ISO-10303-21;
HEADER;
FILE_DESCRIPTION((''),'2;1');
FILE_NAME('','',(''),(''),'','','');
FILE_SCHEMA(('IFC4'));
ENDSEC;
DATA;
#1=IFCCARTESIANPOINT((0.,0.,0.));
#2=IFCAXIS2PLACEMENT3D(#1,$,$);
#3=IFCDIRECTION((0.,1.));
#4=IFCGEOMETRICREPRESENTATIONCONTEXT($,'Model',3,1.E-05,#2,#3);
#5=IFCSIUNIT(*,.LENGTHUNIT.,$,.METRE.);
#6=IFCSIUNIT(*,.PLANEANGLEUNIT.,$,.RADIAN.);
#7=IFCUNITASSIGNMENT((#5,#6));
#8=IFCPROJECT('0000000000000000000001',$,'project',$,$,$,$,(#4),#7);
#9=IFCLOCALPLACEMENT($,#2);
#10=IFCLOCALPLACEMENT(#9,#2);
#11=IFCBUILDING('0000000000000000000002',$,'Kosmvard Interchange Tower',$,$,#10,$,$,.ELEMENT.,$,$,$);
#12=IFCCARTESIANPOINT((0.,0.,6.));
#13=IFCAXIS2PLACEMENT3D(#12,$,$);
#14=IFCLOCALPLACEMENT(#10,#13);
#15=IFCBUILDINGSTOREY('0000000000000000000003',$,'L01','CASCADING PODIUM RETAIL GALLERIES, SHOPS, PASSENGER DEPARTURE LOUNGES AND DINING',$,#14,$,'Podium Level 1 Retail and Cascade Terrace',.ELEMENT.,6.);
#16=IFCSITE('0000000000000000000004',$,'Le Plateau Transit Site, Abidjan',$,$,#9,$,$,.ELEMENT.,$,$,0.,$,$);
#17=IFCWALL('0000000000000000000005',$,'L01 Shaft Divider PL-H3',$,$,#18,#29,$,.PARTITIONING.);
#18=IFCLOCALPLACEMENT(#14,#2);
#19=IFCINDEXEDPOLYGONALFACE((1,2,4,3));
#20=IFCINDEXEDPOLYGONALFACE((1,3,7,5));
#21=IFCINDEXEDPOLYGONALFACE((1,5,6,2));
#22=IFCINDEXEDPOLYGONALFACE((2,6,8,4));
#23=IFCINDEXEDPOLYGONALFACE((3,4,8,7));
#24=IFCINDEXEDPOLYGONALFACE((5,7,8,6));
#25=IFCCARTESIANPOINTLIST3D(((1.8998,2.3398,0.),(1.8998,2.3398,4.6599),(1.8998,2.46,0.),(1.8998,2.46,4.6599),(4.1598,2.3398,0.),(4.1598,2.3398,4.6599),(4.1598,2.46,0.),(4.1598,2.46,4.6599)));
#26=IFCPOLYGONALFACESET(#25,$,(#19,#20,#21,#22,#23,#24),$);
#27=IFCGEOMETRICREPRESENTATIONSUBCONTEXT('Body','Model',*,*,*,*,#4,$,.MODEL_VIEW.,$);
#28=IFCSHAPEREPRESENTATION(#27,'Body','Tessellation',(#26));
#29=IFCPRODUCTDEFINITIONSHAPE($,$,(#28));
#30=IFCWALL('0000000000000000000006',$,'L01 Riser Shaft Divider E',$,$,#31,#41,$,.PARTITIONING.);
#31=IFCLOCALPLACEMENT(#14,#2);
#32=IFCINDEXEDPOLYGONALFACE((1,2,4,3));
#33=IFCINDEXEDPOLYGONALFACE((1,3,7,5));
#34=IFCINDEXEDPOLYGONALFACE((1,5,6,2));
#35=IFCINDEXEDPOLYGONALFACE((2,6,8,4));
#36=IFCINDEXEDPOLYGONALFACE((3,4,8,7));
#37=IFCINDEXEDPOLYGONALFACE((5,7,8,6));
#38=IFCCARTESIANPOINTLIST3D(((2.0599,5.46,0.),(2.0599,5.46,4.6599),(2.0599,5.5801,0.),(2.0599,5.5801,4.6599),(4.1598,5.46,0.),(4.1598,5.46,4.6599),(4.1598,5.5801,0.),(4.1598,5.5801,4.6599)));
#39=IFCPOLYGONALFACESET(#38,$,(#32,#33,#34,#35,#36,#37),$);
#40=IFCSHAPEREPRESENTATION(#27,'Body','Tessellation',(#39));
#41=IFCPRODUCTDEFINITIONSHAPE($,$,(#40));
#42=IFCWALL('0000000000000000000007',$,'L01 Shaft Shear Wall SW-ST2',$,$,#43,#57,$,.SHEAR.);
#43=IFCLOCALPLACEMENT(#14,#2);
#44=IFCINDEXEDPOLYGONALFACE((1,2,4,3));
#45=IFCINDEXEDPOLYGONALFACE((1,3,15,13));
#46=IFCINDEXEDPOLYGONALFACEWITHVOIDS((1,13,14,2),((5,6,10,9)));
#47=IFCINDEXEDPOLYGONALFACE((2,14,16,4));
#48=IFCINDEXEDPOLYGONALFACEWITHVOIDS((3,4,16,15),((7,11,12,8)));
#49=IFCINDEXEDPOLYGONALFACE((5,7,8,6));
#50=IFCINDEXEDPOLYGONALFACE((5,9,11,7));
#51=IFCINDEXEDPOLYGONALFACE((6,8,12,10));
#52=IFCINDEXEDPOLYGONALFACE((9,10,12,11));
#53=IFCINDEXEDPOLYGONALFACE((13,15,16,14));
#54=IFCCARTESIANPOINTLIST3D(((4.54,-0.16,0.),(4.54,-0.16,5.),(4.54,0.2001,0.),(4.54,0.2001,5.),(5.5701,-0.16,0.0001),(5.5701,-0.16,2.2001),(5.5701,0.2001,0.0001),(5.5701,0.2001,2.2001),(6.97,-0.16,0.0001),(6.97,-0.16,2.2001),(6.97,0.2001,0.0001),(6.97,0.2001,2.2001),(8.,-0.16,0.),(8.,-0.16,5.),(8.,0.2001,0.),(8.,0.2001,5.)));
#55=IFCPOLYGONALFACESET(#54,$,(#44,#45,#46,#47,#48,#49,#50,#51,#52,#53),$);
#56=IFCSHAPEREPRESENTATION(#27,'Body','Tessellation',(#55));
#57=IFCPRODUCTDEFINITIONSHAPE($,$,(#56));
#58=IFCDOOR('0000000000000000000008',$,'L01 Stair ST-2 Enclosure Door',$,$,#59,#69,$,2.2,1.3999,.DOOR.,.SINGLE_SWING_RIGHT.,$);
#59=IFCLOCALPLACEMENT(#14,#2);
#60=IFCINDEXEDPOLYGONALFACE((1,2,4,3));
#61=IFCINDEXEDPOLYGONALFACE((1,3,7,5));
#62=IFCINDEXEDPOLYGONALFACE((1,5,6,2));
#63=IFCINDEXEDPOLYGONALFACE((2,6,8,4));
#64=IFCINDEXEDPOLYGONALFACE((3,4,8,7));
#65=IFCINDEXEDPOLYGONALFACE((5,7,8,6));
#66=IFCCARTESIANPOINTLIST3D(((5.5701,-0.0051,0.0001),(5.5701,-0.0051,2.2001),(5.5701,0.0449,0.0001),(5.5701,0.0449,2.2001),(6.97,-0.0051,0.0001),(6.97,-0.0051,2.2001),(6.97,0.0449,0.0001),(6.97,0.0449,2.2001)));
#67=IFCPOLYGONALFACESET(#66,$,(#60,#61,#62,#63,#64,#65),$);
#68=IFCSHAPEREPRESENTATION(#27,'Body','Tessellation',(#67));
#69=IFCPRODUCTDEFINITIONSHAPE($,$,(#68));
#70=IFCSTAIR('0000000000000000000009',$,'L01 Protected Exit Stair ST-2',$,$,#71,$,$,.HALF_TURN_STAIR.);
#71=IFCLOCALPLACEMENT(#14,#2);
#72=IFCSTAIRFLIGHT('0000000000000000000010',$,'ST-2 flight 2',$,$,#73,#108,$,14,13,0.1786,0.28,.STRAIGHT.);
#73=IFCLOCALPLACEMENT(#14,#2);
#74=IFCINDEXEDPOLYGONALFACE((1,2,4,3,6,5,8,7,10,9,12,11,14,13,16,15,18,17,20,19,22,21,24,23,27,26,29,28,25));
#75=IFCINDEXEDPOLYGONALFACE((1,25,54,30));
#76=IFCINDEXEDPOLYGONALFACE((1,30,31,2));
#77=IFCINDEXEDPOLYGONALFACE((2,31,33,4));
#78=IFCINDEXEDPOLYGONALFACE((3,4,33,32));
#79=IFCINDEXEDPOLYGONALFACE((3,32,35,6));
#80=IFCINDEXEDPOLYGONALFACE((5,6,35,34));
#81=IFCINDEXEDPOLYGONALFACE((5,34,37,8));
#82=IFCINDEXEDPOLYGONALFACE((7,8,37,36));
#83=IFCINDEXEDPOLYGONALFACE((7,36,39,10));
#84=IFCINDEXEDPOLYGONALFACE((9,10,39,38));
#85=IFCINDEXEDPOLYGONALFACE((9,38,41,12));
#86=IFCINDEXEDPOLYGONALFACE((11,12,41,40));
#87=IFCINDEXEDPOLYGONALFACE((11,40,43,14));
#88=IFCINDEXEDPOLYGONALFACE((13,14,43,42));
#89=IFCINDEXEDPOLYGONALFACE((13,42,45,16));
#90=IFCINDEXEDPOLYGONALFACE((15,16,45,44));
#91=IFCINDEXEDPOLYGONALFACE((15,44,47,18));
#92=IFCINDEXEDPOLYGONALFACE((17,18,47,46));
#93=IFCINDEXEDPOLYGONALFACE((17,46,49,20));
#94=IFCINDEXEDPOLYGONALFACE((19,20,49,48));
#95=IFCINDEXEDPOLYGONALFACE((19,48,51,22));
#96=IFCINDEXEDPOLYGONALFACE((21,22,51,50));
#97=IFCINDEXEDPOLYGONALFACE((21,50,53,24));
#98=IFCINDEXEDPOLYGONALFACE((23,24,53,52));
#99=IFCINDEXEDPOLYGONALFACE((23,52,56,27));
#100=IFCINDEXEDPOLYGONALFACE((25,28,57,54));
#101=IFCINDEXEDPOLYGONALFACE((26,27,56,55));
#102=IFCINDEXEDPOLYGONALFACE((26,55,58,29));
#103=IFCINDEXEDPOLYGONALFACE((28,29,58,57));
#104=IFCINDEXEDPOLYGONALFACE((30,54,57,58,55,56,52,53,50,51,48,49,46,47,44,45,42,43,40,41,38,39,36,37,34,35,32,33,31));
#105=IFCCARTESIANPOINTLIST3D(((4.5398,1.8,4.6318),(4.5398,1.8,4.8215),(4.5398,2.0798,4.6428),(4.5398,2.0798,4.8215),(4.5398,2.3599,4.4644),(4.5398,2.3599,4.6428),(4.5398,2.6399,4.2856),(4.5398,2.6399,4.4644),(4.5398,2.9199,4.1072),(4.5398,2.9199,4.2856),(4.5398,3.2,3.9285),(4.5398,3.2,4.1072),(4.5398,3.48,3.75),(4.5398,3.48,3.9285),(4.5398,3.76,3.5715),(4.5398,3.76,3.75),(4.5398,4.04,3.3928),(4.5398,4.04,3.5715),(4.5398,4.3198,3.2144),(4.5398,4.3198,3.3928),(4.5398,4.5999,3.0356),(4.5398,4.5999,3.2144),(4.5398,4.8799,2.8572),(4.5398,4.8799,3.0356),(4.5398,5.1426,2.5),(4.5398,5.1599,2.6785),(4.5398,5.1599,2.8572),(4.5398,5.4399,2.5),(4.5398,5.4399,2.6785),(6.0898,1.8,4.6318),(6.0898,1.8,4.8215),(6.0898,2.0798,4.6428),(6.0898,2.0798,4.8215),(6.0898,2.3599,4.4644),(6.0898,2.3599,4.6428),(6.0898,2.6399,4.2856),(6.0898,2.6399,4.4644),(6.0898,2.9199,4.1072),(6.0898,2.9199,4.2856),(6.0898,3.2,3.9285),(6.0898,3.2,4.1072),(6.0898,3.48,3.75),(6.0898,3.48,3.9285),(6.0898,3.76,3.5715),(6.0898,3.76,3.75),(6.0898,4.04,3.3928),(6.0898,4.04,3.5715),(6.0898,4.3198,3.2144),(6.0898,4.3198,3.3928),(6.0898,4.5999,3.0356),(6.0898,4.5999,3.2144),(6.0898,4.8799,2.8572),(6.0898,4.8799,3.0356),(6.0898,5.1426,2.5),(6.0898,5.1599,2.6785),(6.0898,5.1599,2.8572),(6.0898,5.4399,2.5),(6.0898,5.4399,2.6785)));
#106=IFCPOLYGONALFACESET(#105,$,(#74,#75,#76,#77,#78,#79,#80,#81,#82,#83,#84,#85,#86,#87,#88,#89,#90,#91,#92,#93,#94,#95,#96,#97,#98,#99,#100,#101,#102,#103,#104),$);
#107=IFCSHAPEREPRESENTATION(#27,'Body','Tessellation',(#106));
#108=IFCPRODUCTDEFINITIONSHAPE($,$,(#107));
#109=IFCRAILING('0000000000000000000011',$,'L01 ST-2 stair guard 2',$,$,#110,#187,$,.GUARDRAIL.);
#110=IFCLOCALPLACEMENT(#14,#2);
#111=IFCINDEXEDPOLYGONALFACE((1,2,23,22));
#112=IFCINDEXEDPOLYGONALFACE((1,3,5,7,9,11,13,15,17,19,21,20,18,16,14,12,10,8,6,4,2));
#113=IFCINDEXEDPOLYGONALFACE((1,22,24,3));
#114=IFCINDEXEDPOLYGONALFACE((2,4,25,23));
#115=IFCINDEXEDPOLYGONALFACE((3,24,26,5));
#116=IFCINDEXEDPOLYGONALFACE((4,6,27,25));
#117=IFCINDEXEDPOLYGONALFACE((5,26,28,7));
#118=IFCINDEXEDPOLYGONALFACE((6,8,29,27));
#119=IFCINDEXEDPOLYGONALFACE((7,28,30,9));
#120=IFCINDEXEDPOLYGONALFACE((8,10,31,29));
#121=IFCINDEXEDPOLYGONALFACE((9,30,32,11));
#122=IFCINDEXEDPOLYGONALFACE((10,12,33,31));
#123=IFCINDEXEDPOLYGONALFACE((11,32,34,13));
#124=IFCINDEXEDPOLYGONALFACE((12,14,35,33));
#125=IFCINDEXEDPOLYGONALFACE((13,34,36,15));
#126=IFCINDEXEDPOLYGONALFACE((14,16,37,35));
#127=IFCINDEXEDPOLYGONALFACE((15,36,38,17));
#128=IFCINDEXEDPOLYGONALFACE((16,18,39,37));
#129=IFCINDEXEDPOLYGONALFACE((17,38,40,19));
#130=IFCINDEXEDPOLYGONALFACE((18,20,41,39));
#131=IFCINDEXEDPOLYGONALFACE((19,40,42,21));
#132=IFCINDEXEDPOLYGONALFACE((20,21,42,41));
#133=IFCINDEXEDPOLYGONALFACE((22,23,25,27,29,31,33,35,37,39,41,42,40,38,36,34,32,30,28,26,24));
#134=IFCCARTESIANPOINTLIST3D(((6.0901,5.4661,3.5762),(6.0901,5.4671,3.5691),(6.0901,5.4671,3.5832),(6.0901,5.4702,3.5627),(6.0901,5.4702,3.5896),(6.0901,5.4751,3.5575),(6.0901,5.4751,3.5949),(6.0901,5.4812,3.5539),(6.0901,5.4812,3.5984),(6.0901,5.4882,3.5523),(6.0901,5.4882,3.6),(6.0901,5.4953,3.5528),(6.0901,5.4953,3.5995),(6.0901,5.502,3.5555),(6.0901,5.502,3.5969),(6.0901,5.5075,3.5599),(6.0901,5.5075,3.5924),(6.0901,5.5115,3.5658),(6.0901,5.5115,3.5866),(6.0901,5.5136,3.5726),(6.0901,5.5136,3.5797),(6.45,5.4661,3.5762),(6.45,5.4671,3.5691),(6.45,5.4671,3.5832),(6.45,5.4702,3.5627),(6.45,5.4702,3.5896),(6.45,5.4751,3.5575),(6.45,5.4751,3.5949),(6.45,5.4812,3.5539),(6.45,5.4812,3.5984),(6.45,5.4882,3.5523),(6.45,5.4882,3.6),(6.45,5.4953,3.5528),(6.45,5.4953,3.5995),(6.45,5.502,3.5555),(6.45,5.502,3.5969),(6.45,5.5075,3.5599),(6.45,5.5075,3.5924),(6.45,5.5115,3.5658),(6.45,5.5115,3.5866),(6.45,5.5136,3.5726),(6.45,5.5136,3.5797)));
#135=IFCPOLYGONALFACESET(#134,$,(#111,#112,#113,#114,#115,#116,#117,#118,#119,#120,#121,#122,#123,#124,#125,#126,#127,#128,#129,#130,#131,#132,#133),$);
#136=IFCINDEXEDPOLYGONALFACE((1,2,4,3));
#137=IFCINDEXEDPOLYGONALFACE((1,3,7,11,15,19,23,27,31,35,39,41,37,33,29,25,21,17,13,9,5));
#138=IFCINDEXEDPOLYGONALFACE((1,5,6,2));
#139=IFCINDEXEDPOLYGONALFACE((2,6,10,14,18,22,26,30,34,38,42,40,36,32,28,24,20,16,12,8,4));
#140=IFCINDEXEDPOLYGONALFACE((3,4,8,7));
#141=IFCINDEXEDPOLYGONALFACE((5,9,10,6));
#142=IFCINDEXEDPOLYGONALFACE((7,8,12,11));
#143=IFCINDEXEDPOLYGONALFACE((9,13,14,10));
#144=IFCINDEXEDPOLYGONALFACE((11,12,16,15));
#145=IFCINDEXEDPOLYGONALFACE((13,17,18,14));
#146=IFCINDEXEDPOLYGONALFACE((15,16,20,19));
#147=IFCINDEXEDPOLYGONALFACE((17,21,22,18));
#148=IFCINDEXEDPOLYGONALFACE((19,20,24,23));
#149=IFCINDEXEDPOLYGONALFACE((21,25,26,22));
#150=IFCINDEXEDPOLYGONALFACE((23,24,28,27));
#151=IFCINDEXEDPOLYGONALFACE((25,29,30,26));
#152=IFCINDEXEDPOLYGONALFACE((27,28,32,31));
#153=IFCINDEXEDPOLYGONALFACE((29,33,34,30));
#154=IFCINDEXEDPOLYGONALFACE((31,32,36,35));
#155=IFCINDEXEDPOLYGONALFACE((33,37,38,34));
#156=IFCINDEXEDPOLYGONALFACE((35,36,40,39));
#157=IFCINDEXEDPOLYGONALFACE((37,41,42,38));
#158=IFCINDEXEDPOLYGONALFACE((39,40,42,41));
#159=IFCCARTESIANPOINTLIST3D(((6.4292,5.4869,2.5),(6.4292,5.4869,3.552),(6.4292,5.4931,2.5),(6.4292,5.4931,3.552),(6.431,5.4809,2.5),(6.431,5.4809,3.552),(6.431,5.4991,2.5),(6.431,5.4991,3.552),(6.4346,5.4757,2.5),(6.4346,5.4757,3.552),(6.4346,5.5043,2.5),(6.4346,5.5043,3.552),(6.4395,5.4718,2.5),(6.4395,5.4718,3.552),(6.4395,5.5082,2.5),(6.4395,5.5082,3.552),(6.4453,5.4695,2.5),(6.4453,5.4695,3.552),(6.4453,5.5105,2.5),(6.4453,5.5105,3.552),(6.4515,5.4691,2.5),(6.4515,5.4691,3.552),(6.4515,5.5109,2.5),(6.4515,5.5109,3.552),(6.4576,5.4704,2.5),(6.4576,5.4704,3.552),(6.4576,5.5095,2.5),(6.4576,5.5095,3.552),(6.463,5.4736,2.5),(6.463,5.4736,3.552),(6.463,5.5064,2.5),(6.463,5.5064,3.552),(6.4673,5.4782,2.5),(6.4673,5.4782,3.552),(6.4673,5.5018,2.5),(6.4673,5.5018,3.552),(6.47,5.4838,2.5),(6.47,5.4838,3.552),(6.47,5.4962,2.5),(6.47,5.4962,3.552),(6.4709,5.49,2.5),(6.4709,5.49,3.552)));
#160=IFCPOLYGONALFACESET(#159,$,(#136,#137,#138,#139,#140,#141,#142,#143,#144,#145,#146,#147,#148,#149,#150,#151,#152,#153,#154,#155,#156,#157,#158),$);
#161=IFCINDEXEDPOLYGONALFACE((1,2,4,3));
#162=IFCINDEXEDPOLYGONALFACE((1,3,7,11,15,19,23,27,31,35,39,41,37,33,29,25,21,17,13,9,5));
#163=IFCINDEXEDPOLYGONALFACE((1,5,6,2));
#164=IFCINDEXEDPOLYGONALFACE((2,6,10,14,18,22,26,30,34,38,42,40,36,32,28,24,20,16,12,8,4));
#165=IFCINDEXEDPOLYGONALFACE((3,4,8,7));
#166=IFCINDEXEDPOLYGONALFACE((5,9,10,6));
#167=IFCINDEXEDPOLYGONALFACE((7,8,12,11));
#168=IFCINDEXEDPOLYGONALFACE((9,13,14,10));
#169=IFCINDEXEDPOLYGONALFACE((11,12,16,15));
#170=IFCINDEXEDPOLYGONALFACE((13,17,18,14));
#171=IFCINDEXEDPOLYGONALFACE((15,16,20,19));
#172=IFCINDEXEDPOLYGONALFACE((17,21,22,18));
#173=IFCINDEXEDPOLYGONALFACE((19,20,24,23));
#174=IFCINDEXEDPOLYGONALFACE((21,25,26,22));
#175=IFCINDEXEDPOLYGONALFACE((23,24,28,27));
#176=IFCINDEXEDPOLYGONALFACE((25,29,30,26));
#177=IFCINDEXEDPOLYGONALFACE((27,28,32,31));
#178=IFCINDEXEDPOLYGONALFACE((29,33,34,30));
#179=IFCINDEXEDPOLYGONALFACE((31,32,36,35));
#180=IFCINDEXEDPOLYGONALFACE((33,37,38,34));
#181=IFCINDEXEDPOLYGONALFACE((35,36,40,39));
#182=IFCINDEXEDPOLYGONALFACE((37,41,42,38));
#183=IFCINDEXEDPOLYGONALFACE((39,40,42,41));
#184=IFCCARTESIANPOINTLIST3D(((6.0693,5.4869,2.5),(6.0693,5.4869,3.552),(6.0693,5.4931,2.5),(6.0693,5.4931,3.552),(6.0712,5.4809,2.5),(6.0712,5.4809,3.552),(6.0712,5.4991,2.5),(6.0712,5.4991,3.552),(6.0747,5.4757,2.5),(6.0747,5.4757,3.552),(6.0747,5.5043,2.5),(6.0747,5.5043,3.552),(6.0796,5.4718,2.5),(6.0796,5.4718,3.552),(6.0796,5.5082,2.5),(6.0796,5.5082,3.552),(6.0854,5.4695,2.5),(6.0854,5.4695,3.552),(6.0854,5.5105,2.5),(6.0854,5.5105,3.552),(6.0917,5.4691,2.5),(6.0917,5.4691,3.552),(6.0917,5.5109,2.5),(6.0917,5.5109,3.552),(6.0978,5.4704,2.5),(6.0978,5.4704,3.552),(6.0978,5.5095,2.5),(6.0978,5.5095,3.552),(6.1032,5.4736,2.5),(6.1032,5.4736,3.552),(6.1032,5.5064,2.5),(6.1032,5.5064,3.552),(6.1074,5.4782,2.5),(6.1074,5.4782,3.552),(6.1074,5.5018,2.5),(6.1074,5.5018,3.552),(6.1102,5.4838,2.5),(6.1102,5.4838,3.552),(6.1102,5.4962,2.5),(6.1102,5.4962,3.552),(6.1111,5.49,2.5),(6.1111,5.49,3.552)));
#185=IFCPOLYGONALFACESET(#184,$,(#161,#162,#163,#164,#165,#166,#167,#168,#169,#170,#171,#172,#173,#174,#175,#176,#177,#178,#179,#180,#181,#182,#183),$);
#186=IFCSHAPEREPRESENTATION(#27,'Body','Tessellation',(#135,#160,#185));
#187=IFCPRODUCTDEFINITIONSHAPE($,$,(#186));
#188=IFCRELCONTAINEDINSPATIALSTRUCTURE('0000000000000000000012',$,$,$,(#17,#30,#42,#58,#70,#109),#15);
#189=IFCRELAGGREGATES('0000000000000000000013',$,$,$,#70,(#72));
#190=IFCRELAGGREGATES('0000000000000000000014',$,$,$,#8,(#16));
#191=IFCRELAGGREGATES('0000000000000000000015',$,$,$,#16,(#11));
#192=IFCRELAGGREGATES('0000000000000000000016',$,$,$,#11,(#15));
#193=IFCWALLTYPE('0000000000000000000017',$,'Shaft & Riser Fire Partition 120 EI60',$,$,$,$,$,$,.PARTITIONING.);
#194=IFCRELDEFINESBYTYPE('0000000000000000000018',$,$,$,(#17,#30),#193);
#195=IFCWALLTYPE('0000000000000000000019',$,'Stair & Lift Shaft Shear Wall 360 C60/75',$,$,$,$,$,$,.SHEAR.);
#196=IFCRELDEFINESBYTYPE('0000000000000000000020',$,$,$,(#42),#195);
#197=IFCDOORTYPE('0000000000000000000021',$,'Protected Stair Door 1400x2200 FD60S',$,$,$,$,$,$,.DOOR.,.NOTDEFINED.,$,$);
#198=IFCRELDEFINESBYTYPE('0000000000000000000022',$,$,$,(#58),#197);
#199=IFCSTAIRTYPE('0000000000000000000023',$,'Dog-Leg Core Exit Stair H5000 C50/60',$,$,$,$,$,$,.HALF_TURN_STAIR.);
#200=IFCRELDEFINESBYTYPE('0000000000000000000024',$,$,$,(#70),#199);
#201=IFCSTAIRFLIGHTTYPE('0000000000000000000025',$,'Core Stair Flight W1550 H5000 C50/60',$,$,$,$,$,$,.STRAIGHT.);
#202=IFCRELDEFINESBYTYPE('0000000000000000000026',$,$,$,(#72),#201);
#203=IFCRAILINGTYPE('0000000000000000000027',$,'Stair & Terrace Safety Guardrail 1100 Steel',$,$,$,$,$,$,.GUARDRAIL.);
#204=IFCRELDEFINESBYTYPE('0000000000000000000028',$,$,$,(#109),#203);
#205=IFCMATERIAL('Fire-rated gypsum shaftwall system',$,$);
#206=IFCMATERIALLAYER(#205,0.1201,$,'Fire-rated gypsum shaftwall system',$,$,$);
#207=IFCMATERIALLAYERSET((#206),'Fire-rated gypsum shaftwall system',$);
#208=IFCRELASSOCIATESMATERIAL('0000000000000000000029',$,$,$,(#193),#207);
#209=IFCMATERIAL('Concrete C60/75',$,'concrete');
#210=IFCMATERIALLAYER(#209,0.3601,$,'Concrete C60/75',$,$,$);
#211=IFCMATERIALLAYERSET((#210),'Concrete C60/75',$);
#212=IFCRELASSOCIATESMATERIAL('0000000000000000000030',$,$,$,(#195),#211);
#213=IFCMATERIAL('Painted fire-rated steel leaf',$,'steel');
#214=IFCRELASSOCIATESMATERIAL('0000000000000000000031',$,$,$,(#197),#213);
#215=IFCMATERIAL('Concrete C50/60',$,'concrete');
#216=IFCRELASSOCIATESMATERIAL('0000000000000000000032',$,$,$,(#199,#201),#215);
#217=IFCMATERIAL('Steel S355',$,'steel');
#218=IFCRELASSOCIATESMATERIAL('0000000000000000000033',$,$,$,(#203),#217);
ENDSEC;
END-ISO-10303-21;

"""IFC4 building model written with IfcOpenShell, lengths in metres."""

from ifc_helpers import new_model, si_unit, direction, frame, frame_2d, origin, origin_2d, place, context, subcontext, project, spatial, polyline, rectangle, circle, outline, extrude, source, transform, mapped, material, layer, layer_set, type_object, element, fill, aggregate, save


model = new_model("IFC4")

# Units and contexts
model_context = context("Model", 3, precision=1e-05, world=origin(), true_north=direction((0.0, 1.0)))
body_context = subcontext(model_context, "Body", "Model", "MODEL_VIEW")
ifc_project = project(units=[si_unit("LENGTHUNIT", "METRE"), si_unit("PLANEANGLEUNIT", "RADIAN")], contexts=[model_context])

# Site, building, storey
site_placement = place(None, origin())
site = spatial("IfcSite", under=ifc_project, at=site_placement, Name="Le Plateau Transit Site, Abidjan", CompositionType="ELEMENT", RefElevation=0.0)
building_placement = place(site_placement, origin())
building = spatial("IfcBuilding", under=site, at=building_placement, Name="Kosmvard Interchange Tower", CompositionType="ELEMENT")
storey_placement = place(building_placement, frame((0.0, 0.0, 6.0)))
storey = spatial("IfcBuildingStorey", under=building, at=storey_placement, Name="L01", Description="CASCADING PODIUM RETAIL GALLERIES, SHOPS, PASSENGER DEPARTURE LOUNGES AND DINING", LongName="Podium Level 1 Retail and Cascade Terrace", CompositionType="ELEMENT", Elevation=6.0)

# Shared definitions
ifc_material_1 = material(Name="Steel S355", Category="steel")
ifc_material_2 = material(Name="Concrete C60/75", Category="concrete")

# Walls
ifc_material_3 = material(Name="Fire-rated gypsum shaftwall system")
ifc_layer_1 = layer(ifc_material_3, 0.1201, Name="Fire-rated gypsum shaftwall system")
ifc_layer_set_1 = layer_set([ifc_layer_1], Name="Fire-rated gypsum shaftwall system")
wall_type_1 = type_object("IfcWallType", Name="Shaft & Riser Fire Partition 120 EI60", PredefinedType="PARTITIONING", material=ifc_layer_set_1)
wall_1_placement = place(storey_placement, frame((1.8999, 2.3999, 0.0), z_axis=(0.0, 0.0, 1.0), x_axis=(1.0, 0.0, 0.0)))
element("IfcWall", 1, at=wall_1_placement, inside=storey, type_object=wall_type_1, Name="L01 Shaft Divider PL-H3", PredefinedType="PARTITIONING", context=body_context, shape_type="SweptSolid", body=[
    extrude(rectangle(XDim=2.26, YDim=0.1201, at=frame_2d((1.1299, 0.0))), origin(), (0.0, 0.0, 1.0), 4.6599),
])
wall_2_placement = place(storey_placement, frame((2.0601, 5.52, 0.0), z_axis=(0.0, 0.0, 1.0), x_axis=(1.0, 0.0, 0.0)))
element("IfcWall", 2, at=wall_2_placement, inside=storey, type_object=wall_type_1, Name="L01 Riser Shaft Divider E", PredefinedType="PARTITIONING", context=body_context, shape_type="SweptSolid", body=[
    extrude(rectangle(XDim=2.0999, YDim=0.1201, at=frame_2d((1.0498, 0.0))), origin(), (0.0, 0.0, 1.0), 4.6599),
])

# Wall, opening, door
ifc_layer_2 = layer(ifc_material_2, 0.3601, Name="Concrete C60/75")
ifc_layer_set_2 = layer_set([ifc_layer_2], Name="Concrete C60/75")
wall_type_2 = type_object("IfcWallType", Name="Stair & Lift Shaft Shear Wall 360 C60/75", PredefinedType="SHEAR", material=ifc_layer_set_2)
wall_3_placement = place(storey_placement, frame((4.54, 0.02, 0.0), z_axis=(0.0, 0.0, 1.0), x_axis=(1.0, 0.0, 0.0)))
wall_3 = element("IfcWall", 3, at=wall_3_placement, inside=storey, type_object=wall_type_2, Name="L01 Shaft Shear Wall SW-ST2", PredefinedType="SHEAR", context=body_context, shape_type="SweptSolid", body=[
    extrude(rectangle(XDim=3.46, YDim=0.3601, at=frame_2d((1.73, 0.0))), origin(), (0.0, 0.0, 1.0), 5.0),
])
opening_placement = place(wall_3_placement, frame((1.03, 0.0, 0.0)))
opening = element("IfcOpeningElement", 4, at=opening_placement, cuts=wall_3, PredefinedType="OPENING", context=body_context, shape_type="SweptSolid", body=[
    extrude(rectangle(XDim=1.3999, YDim=2.2, at=frame_2d((0.7, 1.1001))), frame((0.0, 0.1899, 0.0), z_axis=(0.0, -1.0, 0.0), x_axis=(1.0, 0.0, 0.0)), (0.0, 0.0, 1.0), 0.3801),
])
ifc_material_4 = material(Name="Painted fire-rated steel leaf", Category="steel")
door_type = type_object("IfcDoorType", Name="Protected Stair Door 1400x2200 FD60S", OperationType="NOTDEFINED", PredefinedType="DOOR", material=ifc_material_4)
shared_shape_1 = source(origin(), body_context, "Body", "SweptSolid", [
    extrude(rectangle(XDim=1.3999, YDim=2.2, at=frame_2d((0.7, 1.1001))), frame((0.0, 0.0249, 0.0), z_axis=(0.0, -1.0, 0.0), x_axis=(1.0, 0.0, 0.0)), (0.0, 0.0, 1.0), 0.05),
])
door_placement = place(opening_placement, origin())
door = element("IfcDoor", 5, at=door_placement, inside=storey, type_object=door_type, Name="L01 Stair ST-2 Enclosure Door", OperationType="SINGLE_SWING_RIGHT", OverallHeight=2.2, OverallWidth=1.3999, PredefinedType="DOOR", context=body_context, shape_type="MappedRepresentation", body=[
    mapped(shared_shape_1, transform((0.0, 0.0, 0.0), scale=1.0)),
])
fill(opening, door)

# Stair, stair flight
ifc_material_5 = material(Name="Concrete C50/60", Category="concrete")
stair_type = type_object("IfcStairType", Name="Dog-Leg Core Exit Stair H5000 C50/60", PredefinedType="HALF_TURN_STAIR", material=ifc_material_5)
stair_placement = place(storey_placement, origin())
stair = element("IfcStair", 6, at=stair_placement, inside=storey, type_object=stair_type, Name="L01 Protected Exit Stair ST-2", PredefinedType="HALF_TURN_STAIR")
stair_flight_type = type_object("IfcStairFlightType", Name="Core Stair Flight W1550 H5000 C50/60", PredefinedType="STRAIGHT", material=ifc_material_5)
shared_shape_2 = source(origin(), body_context, "Body", "SweptSolid", [
    extrude(outline(polyline([(0.0, 0.0), (0.0, 0.1785), (0.28, 0.1785), (0.28, 0.3572), (0.5601, 0.3572), (0.5601, 0.5356), (0.8401, 0.5356), (0.8401, 0.7144), (1.1201, 0.7144), (1.1201, 0.8928), (1.3999, 0.8928), (1.3999, 1.0715), (1.6799, 1.0715), (1.6799, 1.25), (1.96, 1.25), (1.96, 1.4285), (2.24, 1.4285), (2.24, 1.6072), (2.52, 1.6072), (2.52, 1.7856), (2.8, 1.7856), (2.8, 1.9644), (3.0801, 1.9644), (3.0801, 2.1428), (3.3601, 2.1428), (3.3601, 2.3215), (3.6399, 2.3215), (3.6399, 2.5), (3.6399, 2.1318), (0.2974, 0.0), (0.0, 0.0)])), frame((0.0, 0.7749, 0.0), z_axis=(0.0, -1.0, 0.0), x_axis=(1.0, 0.0, 0.0)), (0.0, 0.0, 1.0), 1.55),
])
stair_flight_placement = place(storey_placement, frame((5.3149, 5.4399, 2.5), z_axis=(0.0, 0.0, 1.0), x_axis=(0.0, -1.0, 0.0)))
stair_flight = element("IfcStairFlight", 7, at=stair_flight_placement, type_object=stair_flight_type, Name="ST-2 flight 2", NumberOfRisers=14, NumberOfTreads=13, PredefinedType="STRAIGHT", RiserHeight=0.1786, TreadLength=0.28, context=body_context, shape_type="MappedRepresentation", body=[
    mapped(shared_shape_2, transform((0.0, 0.0, 0.0), scale=1.0)),
])
aggregate(stair, [stair_flight])

# Railing
railing_type_1 = type_object("IfcRailingType", Name="Stair & Terrace Safety Guardrail 1100 Steel", PredefinedType="GUARDRAIL", material=ifc_material_1)
shared_shape_3 = source(origin(), body_context, "Body", "SweptSolid", [
    extrude(circle(Radius=0.0239, at=origin_2d()), frame((0.0, 0.0, 1.0762), z_axis=(-1.0, 0.0, 0.0), x_axis=(0.0, -1.0, 0.0)), (0.0, 0.0, 1.0), 0.3599),
    extrude(circle(Radius=0.021, at=origin_2d()), origin(), (0.0, 0.0, 1.0), 1.052),
    extrude(circle(Radius=0.021, at=origin_2d()), frame((-0.3599, 0.0, 0.0)), (0.0, 0.0, 1.0), 1.052),
])
for number, where, name in (
    (8, (6.45, 5.49, 2.5), "L01 ST-2 stair guard 2"),
):
    element("IfcRailing", number, at=place(storey_placement, frame(where)), inside=storey, type_object=railing_type_1, Name=name, PredefinedType="GUARDRAIL", context=body_context, shape_type="MappedRepresentation", body=[
        mapped(shared_shape_3, transform((0.0, 0.0, 0.0), scale=1.0)),
    ])

save(model, "model.ifc")
